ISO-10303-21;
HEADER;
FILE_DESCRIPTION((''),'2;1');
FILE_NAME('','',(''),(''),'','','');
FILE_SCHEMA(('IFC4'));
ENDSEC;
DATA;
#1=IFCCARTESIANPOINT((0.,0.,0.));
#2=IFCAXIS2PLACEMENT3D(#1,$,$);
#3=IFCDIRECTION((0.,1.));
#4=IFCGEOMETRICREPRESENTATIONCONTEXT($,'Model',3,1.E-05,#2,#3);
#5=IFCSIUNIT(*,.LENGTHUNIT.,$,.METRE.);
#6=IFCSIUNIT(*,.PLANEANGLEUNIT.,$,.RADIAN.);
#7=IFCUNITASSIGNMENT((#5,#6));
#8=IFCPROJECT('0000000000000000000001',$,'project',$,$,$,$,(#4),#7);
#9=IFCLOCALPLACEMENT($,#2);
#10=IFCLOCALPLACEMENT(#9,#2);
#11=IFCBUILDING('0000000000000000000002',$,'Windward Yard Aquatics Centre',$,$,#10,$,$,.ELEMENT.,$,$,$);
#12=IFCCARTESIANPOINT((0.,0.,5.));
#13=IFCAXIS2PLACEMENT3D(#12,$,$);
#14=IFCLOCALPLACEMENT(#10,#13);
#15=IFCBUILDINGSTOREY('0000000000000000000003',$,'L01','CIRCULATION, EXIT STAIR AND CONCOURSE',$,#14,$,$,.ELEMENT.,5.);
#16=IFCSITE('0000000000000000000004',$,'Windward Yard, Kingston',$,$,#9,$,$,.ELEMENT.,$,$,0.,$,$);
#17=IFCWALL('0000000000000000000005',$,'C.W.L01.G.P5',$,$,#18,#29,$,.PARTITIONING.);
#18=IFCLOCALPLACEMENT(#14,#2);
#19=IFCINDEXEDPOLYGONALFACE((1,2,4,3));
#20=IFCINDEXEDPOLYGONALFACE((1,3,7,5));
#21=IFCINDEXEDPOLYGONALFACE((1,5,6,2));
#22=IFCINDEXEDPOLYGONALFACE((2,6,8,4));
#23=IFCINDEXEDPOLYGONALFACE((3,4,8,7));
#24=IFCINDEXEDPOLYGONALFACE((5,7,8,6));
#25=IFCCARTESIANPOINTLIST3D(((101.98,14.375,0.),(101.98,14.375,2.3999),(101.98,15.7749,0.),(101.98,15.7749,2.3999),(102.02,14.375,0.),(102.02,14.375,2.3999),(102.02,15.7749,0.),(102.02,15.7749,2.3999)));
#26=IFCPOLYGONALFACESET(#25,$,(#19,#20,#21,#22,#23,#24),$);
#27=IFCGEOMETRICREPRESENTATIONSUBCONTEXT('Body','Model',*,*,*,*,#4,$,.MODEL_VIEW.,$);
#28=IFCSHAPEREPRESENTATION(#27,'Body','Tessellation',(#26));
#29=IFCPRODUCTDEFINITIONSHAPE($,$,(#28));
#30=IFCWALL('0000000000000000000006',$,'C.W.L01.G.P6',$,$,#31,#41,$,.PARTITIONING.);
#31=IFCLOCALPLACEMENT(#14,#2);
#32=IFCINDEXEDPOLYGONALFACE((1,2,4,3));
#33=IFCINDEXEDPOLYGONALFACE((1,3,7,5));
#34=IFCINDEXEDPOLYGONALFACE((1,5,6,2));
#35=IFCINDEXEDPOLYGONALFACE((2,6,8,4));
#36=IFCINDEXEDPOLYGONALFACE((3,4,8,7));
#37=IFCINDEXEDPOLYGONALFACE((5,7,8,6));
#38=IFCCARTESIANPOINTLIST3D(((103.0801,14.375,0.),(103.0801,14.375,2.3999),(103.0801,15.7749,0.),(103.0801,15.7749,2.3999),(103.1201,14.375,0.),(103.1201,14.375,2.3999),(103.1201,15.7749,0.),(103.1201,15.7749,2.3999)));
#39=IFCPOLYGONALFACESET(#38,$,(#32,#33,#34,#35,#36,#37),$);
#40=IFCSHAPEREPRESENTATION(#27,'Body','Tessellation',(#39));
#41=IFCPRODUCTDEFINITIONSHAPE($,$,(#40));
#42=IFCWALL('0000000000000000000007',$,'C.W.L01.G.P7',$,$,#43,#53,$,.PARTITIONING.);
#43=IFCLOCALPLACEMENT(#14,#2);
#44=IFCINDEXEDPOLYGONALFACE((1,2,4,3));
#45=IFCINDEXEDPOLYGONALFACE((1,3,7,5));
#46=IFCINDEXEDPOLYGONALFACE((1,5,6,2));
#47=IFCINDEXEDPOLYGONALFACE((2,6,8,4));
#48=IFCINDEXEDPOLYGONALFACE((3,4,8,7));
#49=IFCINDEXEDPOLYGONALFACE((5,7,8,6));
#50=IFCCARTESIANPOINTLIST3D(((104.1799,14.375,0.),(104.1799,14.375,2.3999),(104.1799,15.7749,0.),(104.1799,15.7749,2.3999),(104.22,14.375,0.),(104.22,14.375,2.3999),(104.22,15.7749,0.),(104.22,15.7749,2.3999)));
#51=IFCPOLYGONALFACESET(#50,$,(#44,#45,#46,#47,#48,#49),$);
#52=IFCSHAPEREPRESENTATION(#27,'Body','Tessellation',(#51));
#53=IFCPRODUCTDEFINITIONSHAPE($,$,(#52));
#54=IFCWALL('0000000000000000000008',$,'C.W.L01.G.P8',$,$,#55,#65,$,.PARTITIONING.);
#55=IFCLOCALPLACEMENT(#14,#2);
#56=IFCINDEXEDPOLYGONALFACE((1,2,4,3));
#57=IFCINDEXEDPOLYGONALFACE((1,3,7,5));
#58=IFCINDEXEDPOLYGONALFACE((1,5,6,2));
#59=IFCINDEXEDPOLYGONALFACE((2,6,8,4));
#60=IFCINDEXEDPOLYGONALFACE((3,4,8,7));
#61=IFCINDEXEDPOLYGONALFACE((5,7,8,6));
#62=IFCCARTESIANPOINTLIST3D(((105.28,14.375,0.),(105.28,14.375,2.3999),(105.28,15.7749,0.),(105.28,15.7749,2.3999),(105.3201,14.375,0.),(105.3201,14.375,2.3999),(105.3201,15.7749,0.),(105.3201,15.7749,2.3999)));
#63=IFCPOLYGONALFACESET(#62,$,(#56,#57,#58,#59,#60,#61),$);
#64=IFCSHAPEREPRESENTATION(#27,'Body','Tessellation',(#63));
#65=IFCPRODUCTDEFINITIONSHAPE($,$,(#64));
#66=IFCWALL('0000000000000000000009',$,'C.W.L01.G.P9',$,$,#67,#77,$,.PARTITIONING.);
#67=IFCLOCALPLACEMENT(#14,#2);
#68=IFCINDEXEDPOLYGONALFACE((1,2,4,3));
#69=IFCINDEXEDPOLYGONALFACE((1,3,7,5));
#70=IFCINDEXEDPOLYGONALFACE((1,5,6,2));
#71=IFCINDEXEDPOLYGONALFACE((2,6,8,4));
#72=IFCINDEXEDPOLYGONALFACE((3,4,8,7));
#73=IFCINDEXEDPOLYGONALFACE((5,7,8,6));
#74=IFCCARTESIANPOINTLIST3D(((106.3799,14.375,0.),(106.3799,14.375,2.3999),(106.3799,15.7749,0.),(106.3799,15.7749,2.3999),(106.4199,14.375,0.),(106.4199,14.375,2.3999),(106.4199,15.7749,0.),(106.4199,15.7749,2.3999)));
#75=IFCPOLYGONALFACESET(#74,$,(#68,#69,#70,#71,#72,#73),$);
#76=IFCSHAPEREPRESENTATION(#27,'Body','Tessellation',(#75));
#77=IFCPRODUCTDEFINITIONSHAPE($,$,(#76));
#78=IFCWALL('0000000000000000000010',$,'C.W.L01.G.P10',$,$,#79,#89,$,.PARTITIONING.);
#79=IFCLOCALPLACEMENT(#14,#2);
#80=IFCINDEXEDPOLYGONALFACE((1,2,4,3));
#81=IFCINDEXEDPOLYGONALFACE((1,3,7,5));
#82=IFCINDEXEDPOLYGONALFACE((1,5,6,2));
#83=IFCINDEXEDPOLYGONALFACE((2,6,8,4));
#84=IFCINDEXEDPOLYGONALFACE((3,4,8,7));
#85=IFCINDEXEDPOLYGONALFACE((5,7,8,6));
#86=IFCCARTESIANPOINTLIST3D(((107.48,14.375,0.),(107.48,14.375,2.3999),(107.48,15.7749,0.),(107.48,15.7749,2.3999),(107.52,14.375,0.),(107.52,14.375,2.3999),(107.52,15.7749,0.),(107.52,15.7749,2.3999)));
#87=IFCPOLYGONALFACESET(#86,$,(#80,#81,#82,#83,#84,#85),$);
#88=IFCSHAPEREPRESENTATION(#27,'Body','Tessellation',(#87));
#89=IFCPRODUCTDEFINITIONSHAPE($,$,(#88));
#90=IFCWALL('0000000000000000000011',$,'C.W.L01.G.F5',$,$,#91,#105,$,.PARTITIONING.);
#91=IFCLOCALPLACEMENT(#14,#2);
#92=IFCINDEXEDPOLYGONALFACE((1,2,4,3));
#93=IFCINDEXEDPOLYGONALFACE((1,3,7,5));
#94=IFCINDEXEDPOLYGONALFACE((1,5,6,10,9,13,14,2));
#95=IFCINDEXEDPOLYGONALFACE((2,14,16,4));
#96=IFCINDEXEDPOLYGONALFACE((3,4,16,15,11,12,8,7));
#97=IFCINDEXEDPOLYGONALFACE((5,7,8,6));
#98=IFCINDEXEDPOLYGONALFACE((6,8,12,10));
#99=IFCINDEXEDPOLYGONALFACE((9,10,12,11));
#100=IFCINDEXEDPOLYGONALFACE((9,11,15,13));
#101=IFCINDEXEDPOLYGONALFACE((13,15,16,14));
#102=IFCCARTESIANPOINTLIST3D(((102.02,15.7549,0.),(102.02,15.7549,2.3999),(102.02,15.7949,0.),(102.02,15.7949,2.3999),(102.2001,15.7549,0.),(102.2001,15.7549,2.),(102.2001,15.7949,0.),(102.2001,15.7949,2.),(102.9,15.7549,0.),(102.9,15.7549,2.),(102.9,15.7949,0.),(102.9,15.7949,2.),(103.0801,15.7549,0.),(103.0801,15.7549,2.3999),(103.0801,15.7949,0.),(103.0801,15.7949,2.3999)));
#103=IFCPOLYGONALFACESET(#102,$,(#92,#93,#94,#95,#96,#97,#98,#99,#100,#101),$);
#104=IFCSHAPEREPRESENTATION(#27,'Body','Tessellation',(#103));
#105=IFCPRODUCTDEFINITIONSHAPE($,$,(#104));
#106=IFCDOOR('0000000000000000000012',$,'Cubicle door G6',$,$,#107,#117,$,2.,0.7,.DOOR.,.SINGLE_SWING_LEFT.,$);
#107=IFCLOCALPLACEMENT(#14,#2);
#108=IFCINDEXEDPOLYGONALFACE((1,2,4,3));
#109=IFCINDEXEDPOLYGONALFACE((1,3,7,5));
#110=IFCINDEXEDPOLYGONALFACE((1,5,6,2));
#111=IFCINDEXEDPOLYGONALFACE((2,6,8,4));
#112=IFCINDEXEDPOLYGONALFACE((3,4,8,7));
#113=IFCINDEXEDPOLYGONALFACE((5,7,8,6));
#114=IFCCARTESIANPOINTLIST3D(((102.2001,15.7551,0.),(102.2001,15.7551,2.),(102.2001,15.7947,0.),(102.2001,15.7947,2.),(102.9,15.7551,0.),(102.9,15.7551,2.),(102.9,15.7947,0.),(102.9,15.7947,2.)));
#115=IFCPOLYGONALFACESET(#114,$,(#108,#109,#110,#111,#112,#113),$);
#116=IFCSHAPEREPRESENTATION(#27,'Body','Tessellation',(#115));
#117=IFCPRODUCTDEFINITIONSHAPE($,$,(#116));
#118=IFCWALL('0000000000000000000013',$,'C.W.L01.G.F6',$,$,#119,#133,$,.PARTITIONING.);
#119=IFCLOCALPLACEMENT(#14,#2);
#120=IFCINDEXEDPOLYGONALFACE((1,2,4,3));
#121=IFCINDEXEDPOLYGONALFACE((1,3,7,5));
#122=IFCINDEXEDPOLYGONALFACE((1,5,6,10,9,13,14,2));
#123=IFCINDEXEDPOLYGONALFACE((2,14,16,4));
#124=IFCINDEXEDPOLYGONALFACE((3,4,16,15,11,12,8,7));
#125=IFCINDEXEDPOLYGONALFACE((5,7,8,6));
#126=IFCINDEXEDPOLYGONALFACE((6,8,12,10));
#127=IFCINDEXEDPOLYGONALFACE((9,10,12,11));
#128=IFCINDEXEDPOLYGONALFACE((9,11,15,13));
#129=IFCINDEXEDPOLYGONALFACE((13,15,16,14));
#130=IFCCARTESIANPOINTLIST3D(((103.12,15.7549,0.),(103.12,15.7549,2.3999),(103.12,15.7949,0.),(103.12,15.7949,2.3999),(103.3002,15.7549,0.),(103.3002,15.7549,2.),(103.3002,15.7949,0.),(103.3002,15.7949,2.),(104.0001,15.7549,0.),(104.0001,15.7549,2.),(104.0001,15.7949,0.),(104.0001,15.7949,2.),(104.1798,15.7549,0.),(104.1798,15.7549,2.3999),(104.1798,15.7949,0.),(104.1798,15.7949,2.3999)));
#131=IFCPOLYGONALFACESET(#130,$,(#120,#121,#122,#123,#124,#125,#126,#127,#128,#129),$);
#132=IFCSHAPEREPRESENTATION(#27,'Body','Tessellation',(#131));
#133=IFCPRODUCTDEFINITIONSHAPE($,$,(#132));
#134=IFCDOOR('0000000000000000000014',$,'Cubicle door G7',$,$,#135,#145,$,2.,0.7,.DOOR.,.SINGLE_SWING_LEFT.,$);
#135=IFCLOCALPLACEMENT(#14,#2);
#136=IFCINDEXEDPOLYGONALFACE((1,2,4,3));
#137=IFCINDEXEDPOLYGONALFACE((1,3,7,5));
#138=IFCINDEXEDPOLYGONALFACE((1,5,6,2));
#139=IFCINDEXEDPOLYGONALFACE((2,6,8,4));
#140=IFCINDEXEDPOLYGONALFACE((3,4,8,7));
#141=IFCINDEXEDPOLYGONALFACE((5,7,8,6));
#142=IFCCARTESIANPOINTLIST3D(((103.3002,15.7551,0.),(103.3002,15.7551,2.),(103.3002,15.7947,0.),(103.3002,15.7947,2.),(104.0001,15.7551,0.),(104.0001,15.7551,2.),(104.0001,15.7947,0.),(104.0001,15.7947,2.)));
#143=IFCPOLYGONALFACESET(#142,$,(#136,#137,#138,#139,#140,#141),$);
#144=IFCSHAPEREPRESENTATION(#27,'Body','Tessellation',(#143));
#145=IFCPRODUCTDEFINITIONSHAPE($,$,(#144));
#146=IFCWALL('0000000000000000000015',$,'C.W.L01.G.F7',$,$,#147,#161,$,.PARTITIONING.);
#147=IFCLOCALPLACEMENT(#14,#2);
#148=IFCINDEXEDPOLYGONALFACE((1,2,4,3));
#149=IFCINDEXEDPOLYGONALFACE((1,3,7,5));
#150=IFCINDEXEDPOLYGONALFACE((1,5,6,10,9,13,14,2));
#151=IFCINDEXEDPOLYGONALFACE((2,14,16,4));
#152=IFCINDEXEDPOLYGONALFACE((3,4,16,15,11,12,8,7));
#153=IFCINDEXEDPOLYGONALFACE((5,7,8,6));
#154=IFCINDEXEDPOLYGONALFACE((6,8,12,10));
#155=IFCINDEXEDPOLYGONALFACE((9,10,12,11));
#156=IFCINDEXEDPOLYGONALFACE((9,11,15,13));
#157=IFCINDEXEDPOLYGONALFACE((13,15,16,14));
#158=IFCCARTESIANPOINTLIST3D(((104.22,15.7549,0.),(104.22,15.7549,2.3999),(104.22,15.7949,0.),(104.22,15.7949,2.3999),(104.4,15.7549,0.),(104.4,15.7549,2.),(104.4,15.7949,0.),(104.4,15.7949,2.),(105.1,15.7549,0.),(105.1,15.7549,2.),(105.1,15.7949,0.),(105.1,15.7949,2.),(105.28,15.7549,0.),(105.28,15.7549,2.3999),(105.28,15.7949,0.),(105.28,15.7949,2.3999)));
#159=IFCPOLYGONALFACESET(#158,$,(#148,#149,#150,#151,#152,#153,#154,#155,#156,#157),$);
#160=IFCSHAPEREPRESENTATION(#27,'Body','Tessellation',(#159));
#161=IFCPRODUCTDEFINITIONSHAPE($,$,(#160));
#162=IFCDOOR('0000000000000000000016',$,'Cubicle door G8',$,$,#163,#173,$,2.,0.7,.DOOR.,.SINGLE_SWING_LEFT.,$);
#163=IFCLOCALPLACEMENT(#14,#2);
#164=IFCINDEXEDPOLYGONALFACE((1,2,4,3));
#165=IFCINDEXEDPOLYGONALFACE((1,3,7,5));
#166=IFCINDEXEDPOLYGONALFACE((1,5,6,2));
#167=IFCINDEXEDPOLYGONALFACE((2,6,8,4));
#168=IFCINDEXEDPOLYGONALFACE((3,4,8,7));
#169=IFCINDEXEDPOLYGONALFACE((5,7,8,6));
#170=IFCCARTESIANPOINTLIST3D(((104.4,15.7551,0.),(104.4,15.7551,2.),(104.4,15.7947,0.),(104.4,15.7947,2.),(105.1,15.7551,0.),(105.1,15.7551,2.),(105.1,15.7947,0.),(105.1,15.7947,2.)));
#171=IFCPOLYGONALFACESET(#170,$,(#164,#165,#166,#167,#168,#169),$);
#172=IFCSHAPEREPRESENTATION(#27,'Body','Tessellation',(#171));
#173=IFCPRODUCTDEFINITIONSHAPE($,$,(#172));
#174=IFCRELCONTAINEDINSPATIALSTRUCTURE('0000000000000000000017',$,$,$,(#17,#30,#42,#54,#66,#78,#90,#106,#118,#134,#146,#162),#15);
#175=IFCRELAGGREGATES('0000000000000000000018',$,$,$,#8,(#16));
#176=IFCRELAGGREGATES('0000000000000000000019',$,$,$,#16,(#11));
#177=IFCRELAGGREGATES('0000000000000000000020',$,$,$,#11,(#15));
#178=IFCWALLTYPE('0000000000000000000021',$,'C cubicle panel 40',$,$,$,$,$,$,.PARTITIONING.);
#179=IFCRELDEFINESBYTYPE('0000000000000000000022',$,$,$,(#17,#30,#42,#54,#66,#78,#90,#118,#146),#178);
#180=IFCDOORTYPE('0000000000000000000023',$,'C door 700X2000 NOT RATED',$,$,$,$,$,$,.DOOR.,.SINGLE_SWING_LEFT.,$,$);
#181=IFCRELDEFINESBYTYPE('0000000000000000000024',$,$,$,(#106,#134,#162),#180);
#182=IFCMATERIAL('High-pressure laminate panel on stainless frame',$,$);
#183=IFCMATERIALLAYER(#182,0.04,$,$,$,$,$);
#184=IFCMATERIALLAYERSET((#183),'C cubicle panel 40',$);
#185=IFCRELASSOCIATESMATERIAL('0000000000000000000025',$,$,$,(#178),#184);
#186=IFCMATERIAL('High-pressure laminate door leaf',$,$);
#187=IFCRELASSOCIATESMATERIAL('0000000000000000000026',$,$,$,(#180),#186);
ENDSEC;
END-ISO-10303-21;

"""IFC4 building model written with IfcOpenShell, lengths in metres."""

from ifc_helpers import new_model, si_unit, direction, frame, frame_2d, origin, place, context, subcontext, project, spatial, rectangle, extrude, material, layer, layer_set, type_object, element, fill, save


model = new_model("IFC4")

# Units and contexts
model_context = context("Model", 3, precision=1e-05, world=origin(), true_north=direction((0.0, 1.0)))
body_context = subcontext(model_context, "Body", "Model", "MODEL_VIEW")
ifc_project = project(units=[si_unit("LENGTHUNIT", "METRE"), si_unit("PLANEANGLEUNIT", "RADIAN")], contexts=[model_context])

# Site, building, storey
site_placement = place(None, origin())
site = spatial("IfcSite", under=ifc_project, at=site_placement, Name="Windward Yard, Kingston", CompositionType="ELEMENT", RefElevation=0.0)
building_placement = place(site_placement, origin())
building = spatial("IfcBuilding", under=site, at=building_placement, Name="Windward Yard Aquatics Centre", CompositionType="ELEMENT")
storey_placement = place(building_placement, frame((0.0, 0.0, 5.0)))
storey = spatial("IfcBuildingStorey", under=building, at=storey_placement, Name="L01", Description="CIRCULATION, EXIT STAIR AND CONCOURSE", CompositionType="ELEMENT", Elevation=5.0)

# Walls
ifc_material_1 = material(Name="High-pressure laminate panel on stainless frame")
ifc_layer = layer(ifc_material_1, 0.04)
ifc_layer_set = layer_set([ifc_layer], Name="C cubicle panel 40")
wall_type = type_object("IfcWallType", Name="C cubicle panel 40", PredefinedType="PARTITIONING", material=ifc_layer_set)
for number, where, z_axis, x_axis, name in (
    (1, (102.0, 14.375, 0.0), (0.0, 0.0, 1.0), (0.0, 1.0, 0.0), "C.W.L01.G.P5"),
    (2, (103.1001, 14.375, 0.0), (0.0, 0.0, 1.0), (0.0, 1.0, 0.0), "C.W.L01.G.P6"),
    (3, (104.2, 14.375, 0.0), (0.0, 0.0, 1.0), (0.0, 1.0, 0.0), "C.W.L01.G.P7"),
    (4, (105.3, 14.375, 0.0), (0.0, 0.0, 1.0), (0.0, 1.0, 0.0), "C.W.L01.G.P8"),
    (5, (106.3999, 14.375, 0.0), (0.0, 0.0, 1.0), (0.0, 1.0, 0.0), "C.W.L01.G.P9"),
    (6, (107.5, 14.375, 0.0), (0.0, 0.0, 1.0), (0.0, 1.0, 0.0), "C.W.L01.G.P10"),
):
    element("IfcWall", number, at=place(storey_placement, frame(where, z_axis=z_axis, x_axis=x_axis)), inside=storey, type_object=wall_type, Name=name, PredefinedType="PARTITIONING", context=body_context, shape_type="SweptSolid", body=[
        extrude(rectangle(XDim=1.3999, YDim=0.04, at=frame_2d((0.7, 0.0))), origin(), (0.0, 0.0, 1.0), 2.3999),
    ])

# Walls, openings, doors
wall_1_placement = place(storey_placement, frame((102.02, 15.7749, 0.0), z_axis=(0.0, 0.0, 1.0), x_axis=(1.0, 0.0, 0.0)))
wall_1 = element("IfcWall", 7, at=wall_1_placement, inside=storey, type_object=wall_type, Name="C.W.L01.G.F5", PredefinedType="PARTITIONING", context=body_context, shape_type="SweptSolid", body=[
    extrude(rectangle(XDim=1.0601, YDim=0.04, at=frame_2d((0.53, 0.0))), origin(), (0.0, 0.0, 1.0), 2.3999),
])
opening_1_placement = place(wall_1_placement, frame((0.1799, 0.0, 0.0)))
opening_1 = element("IfcOpeningElement", 8, at=opening_1_placement, cuts=wall_1, PredefinedType="OPENING", context=body_context, shape_type="SweptSolid", body=[
    extrude(rectangle(XDim=0.7, YDim=2.0, at=frame_2d((0.3501, 1.0))), frame((0.0, 0.03, 0.0), z_axis=(0.0, -1.0, 0.0), x_axis=(1.0, 0.0, 0.0)), (0.0, 0.0, 1.0), 0.0601),
])
ifc_material_2 = material(Name="High-pressure laminate door leaf")
door_type = type_object("IfcDoorType", Name="C door 700X2000 NOT RATED", OperationType="SINGLE_SWING_LEFT", PredefinedType="DOOR", material=ifc_material_2)
door_1_placement = place(opening_1_placement, origin())
door_1 = element("IfcDoor", 9, at=door_1_placement, inside=storey, type_object=door_type, Name="Cubicle door G6", OperationType="SINGLE_SWING_LEFT", OverallHeight=2.0, OverallWidth=0.7, PredefinedType="DOOR", context=body_context, shape_type="SweptSolid", body=[
    extrude(rectangle(XDim=0.7, YDim=2.0, at=frame_2d((0.3501, 1.0))), frame((0.0, 0.0198, 0.0), z_axis=(0.0, -1.0, 0.0), x_axis=(1.0, 0.0, 0.0)), (0.0, 0.0, 1.0), 0.0396),
])
fill(opening_1, door_1)
wall_2_placement = place(storey_placement, frame((103.1201, 15.7749, 0.0), z_axis=(0.0, 0.0, 1.0), x_axis=(1.0, 0.0, 0.0)))
wall_2 = element("IfcWall", 10, at=wall_2_placement, inside=storey, type_object=wall_type, Name="C.W.L01.G.F6", PredefinedType="PARTITIONING", context=body_context, shape_type="SweptSolid", body=[
    extrude(rectangle(XDim=1.0598, YDim=0.04, at=frame_2d((0.5298, 0.0))), origin(), (0.0, 0.0, 1.0), 2.3999),
])
opening_2_placement = place(wall_2_placement, frame((0.1799, 0.0, 0.0)))
opening_2 = element("IfcOpeningElement", 11, at=opening_2_placement, cuts=wall_2, PredefinedType="OPENING", context=body_context, shape_type="SweptSolid", body=[
    extrude(rectangle(XDim=0.7, YDim=2.0, at=frame_2d((0.3501, 1.0))), frame((0.0, 0.03, 0.0), z_axis=(0.0, -1.0, 0.0), x_axis=(1.0, 0.0, 0.0)), (0.0, 0.0, 1.0), 0.0601),
])
door_2_placement = place(opening_2_placement, origin())
door_2 = element("IfcDoor", 12, at=door_2_placement, inside=storey, type_object=door_type, Name="Cubicle door G7", OperationType="SINGLE_SWING_LEFT", OverallHeight=2.0, OverallWidth=0.7, PredefinedType="DOOR", context=body_context, shape_type="SweptSolid", body=[
    extrude(rectangle(XDim=0.7, YDim=2.0, at=frame_2d((0.3501, 1.0))), frame((0.0, 0.0198, 0.0), z_axis=(0.0, -1.0, 0.0), x_axis=(1.0, 0.0, 0.0)), (0.0, 0.0, 1.0), 0.0396),
])
fill(opening_2, door_2)
wall_3_placement = place(storey_placement, frame((104.22, 15.7749, 0.0), z_axis=(0.0, 0.0, 1.0), x_axis=(1.0, 0.0, 0.0)))
wall_3 = element("IfcWall", 13, at=wall_3_placement, inside=storey, type_object=wall_type, Name="C.W.L01.G.F7", PredefinedType="PARTITIONING", context=body_context, shape_type="SweptSolid", body=[
    extrude(rectangle(XDim=1.0601, YDim=0.04, at=frame_2d((0.53, 0.0))), origin(), (0.0, 0.0, 1.0), 2.3999),
])
opening_3_placement = place(wall_3_placement, frame((0.1799, 0.0, 0.0)))
opening_3 = element("IfcOpeningElement", 14, at=opening_3_placement, cuts=wall_3, PredefinedType="OPENING", context=body_context, shape_type="SweptSolid", body=[
    extrude(rectangle(XDim=0.7, YDim=2.0, at=frame_2d((0.3501, 1.0))), frame((0.0, 0.03, 0.0), z_axis=(0.0, -1.0, 0.0), x_axis=(1.0, 0.0, 0.0)), (0.0, 0.0, 1.0), 0.0601),
])
door_3_placement = place(opening_3_placement, origin())
door_3 = element("IfcDoor", 15, at=door_3_placement, inside=storey, type_object=door_type, Name="Cubicle door G8", OperationType="SINGLE_SWING_LEFT", OverallHeight=2.0, OverallWidth=0.7, PredefinedType="DOOR", context=body_context, shape_type="SweptSolid", body=[
    extrude(rectangle(XDim=0.7, YDim=2.0, at=frame_2d((0.3501, 1.0))), frame((0.0, 0.0198, 0.0), z_axis=(0.0, -1.0, 0.0), x_axis=(1.0, 0.0, 0.0)), (0.0, 0.0, 1.0), 0.0396),
])
fill(opening_3, door_3)

save(model, "model.ifc")
